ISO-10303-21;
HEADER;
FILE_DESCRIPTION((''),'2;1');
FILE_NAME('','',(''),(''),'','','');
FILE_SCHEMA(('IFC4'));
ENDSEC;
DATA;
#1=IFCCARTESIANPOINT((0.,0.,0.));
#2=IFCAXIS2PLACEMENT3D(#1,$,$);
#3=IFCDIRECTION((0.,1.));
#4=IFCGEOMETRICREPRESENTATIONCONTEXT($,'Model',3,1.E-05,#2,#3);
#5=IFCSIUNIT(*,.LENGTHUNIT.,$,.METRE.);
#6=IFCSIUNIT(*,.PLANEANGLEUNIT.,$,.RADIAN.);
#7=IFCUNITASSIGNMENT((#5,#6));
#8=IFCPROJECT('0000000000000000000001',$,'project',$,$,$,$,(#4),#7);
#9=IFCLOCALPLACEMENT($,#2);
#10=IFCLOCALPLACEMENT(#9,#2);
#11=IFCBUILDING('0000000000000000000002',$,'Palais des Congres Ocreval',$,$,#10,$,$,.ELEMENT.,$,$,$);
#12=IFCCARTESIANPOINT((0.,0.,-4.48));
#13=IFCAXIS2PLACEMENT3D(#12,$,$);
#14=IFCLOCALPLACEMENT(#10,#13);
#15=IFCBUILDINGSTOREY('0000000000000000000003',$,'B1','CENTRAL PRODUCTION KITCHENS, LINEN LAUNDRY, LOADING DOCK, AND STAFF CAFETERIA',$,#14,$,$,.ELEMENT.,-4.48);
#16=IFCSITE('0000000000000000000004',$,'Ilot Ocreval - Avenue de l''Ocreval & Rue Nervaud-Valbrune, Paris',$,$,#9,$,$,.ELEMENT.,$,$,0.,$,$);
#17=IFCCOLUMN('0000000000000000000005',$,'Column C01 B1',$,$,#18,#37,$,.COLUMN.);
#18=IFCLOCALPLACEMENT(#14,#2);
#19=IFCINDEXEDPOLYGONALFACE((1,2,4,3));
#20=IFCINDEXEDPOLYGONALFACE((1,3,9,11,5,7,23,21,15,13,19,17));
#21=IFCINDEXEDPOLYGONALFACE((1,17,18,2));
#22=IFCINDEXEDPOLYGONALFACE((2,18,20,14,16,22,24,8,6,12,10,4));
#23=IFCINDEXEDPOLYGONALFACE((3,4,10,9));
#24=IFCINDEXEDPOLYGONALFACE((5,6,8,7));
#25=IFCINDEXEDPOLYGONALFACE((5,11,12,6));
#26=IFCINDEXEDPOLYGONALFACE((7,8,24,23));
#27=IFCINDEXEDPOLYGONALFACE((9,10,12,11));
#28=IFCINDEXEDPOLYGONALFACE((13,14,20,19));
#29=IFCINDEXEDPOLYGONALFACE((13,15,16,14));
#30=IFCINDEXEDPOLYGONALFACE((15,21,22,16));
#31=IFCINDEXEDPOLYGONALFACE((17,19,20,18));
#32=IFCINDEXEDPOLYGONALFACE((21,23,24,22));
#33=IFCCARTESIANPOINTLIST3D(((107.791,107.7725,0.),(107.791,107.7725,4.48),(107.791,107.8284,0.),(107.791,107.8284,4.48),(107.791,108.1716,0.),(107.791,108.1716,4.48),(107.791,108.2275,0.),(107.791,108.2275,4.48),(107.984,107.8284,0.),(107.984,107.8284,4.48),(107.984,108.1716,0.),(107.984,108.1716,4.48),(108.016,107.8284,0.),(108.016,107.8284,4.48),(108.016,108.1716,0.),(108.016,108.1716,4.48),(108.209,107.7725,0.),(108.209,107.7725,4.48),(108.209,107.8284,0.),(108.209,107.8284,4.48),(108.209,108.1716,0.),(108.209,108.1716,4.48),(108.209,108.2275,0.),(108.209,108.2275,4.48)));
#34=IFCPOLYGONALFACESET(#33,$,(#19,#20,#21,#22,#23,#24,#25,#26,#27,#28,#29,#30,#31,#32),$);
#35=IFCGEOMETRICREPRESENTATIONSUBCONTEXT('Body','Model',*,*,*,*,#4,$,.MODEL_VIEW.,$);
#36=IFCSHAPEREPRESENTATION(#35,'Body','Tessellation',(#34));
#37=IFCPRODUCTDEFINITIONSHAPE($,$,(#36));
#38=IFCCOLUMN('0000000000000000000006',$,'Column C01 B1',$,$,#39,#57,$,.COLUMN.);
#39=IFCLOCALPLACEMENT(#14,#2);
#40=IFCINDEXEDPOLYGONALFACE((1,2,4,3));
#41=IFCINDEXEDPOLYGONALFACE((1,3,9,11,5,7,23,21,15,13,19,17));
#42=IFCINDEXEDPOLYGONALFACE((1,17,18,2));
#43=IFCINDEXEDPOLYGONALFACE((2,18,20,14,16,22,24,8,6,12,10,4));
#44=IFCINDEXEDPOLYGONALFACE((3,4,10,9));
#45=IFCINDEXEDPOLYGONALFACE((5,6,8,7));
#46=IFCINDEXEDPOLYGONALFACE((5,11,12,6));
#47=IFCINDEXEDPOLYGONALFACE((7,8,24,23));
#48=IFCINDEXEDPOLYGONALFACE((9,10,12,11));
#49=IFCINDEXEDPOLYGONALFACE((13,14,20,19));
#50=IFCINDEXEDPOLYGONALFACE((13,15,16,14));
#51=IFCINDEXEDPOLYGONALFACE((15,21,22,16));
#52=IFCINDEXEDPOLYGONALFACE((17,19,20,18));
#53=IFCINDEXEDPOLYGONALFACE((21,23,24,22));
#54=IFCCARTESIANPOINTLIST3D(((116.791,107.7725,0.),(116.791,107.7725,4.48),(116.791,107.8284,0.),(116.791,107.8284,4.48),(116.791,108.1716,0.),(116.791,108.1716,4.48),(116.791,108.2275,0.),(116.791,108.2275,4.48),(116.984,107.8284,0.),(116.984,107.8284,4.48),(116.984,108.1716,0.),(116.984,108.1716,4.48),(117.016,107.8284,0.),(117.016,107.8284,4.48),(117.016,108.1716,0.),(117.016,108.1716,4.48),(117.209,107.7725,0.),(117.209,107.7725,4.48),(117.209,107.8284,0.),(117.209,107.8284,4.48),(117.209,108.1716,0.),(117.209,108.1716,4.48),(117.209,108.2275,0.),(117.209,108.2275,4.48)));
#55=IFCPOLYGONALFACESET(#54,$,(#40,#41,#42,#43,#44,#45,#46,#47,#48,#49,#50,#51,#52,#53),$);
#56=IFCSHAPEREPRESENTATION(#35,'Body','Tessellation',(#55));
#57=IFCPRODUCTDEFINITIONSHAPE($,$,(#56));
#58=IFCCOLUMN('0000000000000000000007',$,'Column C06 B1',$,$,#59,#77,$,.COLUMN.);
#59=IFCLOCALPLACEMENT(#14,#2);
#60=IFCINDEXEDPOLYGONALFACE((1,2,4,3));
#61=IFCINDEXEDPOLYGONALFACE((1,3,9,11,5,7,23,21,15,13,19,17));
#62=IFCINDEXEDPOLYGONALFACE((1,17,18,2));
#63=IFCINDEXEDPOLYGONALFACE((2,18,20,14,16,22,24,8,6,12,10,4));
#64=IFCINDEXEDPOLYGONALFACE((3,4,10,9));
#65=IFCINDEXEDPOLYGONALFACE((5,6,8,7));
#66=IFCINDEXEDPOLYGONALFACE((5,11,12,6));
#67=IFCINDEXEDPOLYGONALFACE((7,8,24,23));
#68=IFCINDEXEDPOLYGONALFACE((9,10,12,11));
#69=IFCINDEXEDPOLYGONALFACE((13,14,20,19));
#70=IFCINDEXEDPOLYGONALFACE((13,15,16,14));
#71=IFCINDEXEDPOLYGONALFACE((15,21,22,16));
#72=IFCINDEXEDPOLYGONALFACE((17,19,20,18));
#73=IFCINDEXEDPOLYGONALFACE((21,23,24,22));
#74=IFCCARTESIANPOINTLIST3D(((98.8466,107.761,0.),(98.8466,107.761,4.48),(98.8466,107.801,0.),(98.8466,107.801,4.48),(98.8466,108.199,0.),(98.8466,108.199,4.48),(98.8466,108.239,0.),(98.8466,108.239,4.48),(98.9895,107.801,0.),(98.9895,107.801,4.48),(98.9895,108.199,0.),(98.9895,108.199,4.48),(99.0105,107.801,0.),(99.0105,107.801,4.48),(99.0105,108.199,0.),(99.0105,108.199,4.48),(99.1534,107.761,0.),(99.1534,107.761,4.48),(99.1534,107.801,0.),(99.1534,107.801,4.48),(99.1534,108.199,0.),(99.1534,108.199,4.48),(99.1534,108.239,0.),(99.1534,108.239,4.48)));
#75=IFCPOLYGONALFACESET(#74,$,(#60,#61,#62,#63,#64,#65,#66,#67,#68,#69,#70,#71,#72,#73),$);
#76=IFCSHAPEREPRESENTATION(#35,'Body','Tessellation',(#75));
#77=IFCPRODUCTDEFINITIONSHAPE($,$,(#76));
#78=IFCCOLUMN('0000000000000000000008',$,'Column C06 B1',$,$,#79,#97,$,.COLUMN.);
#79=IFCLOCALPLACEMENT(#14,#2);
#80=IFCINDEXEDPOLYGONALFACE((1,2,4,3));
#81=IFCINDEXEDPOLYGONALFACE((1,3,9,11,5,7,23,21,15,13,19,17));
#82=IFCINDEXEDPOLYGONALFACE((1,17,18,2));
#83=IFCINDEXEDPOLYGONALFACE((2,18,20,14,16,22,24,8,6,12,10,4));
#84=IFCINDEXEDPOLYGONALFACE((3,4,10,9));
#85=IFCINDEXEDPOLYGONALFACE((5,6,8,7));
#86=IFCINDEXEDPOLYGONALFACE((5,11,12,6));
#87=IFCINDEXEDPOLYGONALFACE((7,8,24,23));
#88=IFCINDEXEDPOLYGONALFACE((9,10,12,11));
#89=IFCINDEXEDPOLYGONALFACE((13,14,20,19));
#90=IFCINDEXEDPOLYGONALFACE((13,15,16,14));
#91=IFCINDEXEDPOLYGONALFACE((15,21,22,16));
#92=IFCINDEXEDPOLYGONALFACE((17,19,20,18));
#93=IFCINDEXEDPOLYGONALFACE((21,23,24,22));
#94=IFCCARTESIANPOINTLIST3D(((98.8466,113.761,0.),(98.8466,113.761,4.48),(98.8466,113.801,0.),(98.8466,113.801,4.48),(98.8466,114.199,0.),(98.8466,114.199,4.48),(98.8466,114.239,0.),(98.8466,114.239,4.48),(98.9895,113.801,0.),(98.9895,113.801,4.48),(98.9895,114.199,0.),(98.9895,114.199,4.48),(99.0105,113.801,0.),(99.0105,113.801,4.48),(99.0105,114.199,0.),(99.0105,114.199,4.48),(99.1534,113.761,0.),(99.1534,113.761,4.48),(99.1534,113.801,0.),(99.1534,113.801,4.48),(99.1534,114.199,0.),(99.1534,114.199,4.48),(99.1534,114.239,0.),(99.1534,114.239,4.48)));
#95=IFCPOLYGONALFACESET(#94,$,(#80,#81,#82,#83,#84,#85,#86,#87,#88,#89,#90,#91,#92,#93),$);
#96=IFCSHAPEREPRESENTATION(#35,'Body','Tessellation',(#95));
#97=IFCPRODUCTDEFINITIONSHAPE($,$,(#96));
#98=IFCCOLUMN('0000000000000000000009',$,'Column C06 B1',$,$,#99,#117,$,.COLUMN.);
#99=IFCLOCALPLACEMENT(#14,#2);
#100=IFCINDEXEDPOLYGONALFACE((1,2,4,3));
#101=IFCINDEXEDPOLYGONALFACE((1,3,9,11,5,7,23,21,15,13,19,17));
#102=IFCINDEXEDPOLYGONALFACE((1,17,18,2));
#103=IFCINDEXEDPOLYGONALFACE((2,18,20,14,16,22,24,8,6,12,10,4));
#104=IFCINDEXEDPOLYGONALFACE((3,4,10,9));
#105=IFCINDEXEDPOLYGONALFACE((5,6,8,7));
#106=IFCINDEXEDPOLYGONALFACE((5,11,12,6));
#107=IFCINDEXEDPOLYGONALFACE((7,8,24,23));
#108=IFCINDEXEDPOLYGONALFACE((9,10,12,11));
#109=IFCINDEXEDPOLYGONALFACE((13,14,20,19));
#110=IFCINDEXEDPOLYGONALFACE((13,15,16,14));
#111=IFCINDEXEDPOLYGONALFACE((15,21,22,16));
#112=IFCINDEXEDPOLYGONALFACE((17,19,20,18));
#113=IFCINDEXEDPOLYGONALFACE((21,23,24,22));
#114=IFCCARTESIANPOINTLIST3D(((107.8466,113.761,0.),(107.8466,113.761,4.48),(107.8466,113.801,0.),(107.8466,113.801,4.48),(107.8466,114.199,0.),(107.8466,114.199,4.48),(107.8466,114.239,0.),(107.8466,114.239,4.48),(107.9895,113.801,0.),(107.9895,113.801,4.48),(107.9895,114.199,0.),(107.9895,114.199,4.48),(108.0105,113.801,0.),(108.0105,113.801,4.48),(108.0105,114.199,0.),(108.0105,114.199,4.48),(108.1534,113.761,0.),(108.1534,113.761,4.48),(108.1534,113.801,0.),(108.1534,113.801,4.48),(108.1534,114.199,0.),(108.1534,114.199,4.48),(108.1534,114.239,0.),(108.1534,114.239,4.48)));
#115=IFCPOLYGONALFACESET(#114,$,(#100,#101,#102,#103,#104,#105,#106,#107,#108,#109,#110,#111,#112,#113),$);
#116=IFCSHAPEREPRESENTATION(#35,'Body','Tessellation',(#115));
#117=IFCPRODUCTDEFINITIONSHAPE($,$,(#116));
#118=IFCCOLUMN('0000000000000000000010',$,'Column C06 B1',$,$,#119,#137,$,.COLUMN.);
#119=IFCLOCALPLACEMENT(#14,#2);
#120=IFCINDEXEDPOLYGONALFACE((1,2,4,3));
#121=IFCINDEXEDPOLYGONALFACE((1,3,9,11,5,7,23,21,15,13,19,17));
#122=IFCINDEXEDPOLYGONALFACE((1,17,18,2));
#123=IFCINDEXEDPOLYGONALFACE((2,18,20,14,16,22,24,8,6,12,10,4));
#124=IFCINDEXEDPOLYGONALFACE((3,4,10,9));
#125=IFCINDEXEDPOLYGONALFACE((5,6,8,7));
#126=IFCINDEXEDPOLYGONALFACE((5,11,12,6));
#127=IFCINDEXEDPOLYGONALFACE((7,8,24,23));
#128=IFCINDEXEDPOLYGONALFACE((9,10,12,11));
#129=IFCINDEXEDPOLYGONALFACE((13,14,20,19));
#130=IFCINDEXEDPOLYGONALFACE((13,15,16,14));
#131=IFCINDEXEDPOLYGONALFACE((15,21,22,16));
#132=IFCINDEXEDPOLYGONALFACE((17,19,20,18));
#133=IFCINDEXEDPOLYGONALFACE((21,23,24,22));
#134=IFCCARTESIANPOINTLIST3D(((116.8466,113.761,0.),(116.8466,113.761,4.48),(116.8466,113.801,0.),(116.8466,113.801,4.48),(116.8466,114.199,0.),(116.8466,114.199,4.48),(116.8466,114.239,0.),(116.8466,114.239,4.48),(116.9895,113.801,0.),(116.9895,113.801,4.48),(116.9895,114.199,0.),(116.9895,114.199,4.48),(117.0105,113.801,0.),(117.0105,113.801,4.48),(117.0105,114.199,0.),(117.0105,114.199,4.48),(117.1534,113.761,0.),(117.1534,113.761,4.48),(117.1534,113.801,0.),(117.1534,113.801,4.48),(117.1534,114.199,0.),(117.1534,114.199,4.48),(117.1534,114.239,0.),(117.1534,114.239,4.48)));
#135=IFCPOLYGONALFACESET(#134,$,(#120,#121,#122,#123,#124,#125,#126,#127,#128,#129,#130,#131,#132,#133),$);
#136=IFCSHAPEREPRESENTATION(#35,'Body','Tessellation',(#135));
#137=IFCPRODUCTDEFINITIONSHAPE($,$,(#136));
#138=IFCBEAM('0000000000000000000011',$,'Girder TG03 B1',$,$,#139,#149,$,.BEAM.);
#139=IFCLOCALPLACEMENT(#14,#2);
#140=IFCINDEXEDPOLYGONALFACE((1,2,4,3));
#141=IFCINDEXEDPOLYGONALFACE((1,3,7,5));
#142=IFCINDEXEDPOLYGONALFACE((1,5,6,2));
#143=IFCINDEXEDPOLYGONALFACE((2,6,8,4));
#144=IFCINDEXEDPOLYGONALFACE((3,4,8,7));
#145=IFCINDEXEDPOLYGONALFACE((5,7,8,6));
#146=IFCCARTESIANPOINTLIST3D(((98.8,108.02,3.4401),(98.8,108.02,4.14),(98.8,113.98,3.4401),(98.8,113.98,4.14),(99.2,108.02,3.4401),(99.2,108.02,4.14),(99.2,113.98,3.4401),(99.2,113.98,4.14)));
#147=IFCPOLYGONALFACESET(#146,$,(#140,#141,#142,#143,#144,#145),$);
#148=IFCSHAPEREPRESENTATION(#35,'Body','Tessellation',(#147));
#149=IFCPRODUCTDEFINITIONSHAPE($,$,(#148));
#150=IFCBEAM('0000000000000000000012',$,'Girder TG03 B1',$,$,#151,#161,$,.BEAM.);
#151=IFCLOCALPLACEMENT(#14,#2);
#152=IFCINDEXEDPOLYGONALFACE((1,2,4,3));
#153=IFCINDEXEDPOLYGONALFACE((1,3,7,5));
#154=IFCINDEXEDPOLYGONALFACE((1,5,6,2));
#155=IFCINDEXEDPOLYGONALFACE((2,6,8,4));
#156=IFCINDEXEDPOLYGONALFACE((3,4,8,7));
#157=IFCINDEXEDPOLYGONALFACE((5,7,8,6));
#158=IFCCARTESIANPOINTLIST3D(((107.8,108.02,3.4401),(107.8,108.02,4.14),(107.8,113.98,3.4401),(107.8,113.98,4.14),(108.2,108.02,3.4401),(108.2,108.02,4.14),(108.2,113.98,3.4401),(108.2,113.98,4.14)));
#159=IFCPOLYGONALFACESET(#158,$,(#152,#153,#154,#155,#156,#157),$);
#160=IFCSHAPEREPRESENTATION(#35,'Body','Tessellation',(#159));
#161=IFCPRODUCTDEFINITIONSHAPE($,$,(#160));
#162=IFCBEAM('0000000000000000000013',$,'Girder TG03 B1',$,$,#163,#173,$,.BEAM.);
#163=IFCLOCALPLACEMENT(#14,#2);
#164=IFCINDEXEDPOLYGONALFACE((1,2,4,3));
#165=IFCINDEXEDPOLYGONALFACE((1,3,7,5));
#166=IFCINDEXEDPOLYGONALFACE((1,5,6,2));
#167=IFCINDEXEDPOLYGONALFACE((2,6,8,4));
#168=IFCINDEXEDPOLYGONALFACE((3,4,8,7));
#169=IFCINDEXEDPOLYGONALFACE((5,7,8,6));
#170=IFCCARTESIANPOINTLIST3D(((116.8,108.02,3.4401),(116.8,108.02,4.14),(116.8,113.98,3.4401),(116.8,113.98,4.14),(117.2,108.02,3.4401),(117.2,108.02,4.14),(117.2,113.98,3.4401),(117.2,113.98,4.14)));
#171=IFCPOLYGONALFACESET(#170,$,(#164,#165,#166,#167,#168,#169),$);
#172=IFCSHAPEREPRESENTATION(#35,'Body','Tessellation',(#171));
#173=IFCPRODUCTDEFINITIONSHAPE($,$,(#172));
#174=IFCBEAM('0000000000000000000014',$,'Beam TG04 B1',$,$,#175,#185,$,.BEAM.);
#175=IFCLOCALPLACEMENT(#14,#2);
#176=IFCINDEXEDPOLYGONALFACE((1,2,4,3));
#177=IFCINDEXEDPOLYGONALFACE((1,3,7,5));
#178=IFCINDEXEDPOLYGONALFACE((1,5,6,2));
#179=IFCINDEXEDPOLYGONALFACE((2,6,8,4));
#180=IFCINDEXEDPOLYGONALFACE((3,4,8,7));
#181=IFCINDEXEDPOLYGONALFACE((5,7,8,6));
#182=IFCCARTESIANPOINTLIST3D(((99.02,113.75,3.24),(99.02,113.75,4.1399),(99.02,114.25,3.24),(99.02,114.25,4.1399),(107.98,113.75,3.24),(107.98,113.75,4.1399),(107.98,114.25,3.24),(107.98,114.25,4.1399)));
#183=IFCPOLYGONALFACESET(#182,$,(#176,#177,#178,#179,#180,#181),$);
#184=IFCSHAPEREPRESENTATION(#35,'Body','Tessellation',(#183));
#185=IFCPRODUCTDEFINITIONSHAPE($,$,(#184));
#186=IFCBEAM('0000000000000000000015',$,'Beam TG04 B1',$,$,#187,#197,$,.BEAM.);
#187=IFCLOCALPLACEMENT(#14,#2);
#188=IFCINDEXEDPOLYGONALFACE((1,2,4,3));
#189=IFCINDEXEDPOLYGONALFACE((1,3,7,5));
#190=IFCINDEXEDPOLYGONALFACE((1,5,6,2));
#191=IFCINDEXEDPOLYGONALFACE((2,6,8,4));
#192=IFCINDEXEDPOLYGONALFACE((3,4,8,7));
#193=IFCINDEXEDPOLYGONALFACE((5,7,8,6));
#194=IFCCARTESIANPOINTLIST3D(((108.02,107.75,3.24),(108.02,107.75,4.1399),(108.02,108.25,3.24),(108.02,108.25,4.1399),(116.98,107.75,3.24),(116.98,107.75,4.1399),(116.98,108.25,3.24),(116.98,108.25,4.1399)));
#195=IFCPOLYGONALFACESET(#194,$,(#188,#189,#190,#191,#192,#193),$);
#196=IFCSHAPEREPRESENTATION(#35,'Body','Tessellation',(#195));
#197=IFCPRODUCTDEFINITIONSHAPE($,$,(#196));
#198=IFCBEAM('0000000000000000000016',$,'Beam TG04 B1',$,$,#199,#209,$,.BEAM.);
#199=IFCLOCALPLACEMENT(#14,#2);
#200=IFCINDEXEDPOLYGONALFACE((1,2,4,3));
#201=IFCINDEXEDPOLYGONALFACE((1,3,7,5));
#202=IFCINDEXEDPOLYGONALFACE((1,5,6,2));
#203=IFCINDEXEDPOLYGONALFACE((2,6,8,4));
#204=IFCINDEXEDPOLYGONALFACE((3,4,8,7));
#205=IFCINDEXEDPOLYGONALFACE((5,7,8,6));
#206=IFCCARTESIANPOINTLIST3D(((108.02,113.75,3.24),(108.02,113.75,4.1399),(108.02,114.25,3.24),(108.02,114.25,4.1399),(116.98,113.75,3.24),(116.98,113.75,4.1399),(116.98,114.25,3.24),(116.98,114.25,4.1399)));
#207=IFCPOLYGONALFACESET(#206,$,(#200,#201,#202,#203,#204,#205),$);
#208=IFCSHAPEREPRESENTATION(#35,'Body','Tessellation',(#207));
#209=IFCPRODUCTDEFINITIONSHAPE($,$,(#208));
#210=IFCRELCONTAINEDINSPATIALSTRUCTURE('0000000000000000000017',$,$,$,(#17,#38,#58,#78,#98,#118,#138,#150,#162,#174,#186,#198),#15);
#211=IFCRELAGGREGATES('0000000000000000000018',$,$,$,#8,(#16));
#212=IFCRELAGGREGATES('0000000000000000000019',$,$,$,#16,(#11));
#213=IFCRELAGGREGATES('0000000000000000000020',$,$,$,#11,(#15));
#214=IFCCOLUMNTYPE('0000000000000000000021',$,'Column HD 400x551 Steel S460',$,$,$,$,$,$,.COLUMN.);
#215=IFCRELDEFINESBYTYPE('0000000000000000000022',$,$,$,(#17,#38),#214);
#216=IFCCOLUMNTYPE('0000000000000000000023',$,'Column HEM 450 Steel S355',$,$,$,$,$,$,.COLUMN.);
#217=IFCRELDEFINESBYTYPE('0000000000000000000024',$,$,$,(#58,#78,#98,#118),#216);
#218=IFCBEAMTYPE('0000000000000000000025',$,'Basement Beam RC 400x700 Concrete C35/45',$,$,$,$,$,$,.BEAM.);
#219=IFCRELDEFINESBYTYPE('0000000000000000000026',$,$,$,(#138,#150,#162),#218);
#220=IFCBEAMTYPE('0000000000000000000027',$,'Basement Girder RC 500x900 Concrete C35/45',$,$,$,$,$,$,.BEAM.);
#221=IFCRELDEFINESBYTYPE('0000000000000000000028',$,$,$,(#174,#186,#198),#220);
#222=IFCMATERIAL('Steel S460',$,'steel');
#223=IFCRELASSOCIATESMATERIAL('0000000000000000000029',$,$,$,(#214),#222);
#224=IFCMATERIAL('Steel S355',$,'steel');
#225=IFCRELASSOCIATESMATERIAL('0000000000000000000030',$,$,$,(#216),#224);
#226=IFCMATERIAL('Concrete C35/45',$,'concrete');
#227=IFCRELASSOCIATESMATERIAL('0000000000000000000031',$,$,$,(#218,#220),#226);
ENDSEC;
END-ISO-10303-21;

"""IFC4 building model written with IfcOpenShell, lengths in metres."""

from ifc_helpers import new_model, si_unit, direction, frame, origin, origin_2d, place, context, subcontext, project, spatial, rectangle, i_section, extrude, material, material_profile, profile_set, type_object, element, save


model = new_model("IFC4")

# Units and contexts
model_context = context("Model", 3, precision=1e-05, world=origin(), true_north=direction((0.0, 1.0)))
body_context = subcontext(model_context, "Body", "Model", "MODEL_VIEW")
ifc_project = project(units=[si_unit("LENGTHUNIT", "METRE"), si_unit("PLANEANGLEUNIT", "RADIAN")], contexts=[model_context])

# Site, building, storey
site_placement = place(None, origin())
site = spatial("IfcSite", under=ifc_project, at=site_placement, Name="Ilot Ocreval - Avenue de l'Ocreval & Rue Nervaud-Valbrune, Paris", CompositionType="ELEMENT", RefElevation=0.0)
building_placement = place(site_placement, origin())
building = spatial("IfcBuilding", under=site, at=building_placement, Name="Palais des Congres Ocreval", CompositionType="ELEMENT")
storey_placement = place(building_placement, frame((0.0, 0.0, -4.48)))
storey = spatial("IfcBuildingStorey", under=building, at=storey_placement, Name="B1", Description="CENTRAL PRODUCTION KITCHENS, LINEN LAUNDRY, LOADING DOCK, AND STAFF CAFETERIA", CompositionType="ELEMENT", Elevation=-4.48)

# Columns
ifc_material_1 = material(Name="Steel S460", Category="steel")
ifc_material_profile_1 = material_profile(ifc_material_1, i_section(OverallWidth=0.418, OverallDepth=0.4551, WebThickness=0.032, FlangeThickness=0.0559, at=origin_2d()), Name="HD 400x551")
ifc_profile_set_1 = profile_set([ifc_material_profile_1], Name="Steel S460")
column_type_1 = type_object("IfcColumnType", Name="Column HD 400x551 Steel S460", PredefinedType="COLUMN", material=ifc_profile_set_1)
for number, where, z_axis, x_axis, name in (
    (1, (108.0, 108.0, 0.0), (0.0, 0.0, 1.0), (1.0, 0.0, 0.0), "Column C01 B1"),
    (2, (117.0, 108.0, 0.0), (0.0, 0.0, 1.0), (1.0, 0.0, 0.0), "Column C01 B1"),
):
    element("IfcColumn", number, at=place(storey_placement, frame(where, z_axis=z_axis, x_axis=x_axis)), inside=storey, type_object=column_type_1, Name=name, PredefinedType="COLUMN", context=body_context, shape_type="SweptSolid", body=[
        extrude(i_section(OverallWidth=0.418, OverallDepth=0.4551, WebThickness=0.032, FlangeThickness=0.0559, at=origin_2d()), origin(), (0.0, 0.0, 1.0), 4.48),
    ])
ifc_material_2 = material(Name="Steel S355", Category="steel")
ifc_material_profile_2 = material_profile(ifc_material_2, i_section(OverallWidth=0.3069, OverallDepth=0.478, WebThickness=0.021, FlangeThickness=0.04, at=origin_2d()), Name="HEM 450")
ifc_profile_set_2 = profile_set([ifc_material_profile_2], Name="Steel S355")
column_type_2 = type_object("IfcColumnType", Name="Column HEM 450 Steel S355", PredefinedType="COLUMN", material=ifc_profile_set_2)
for number, where, z_axis, x_axis, name in (
    (3, (99.0, 108.0, 0.0), (0.0, 0.0, 1.0), (1.0, 0.0, 0.0), "Column C06 B1"),
    (4, (99.0, 114.0, 0.0), (0.0, 0.0, 1.0), (1.0, 0.0, 0.0), "Column C06 B1"),
    (5, (108.0, 114.0, 0.0), (0.0, 0.0, 1.0), (1.0, 0.0, 0.0), "Column C06 B1"),
    (6, (117.0, 114.0, 0.0), (0.0, 0.0, 1.0), (1.0, 0.0, 0.0), "Column C06 B1"),
):
    element("IfcColumn", number, at=place(storey_placement, frame(where, z_axis=z_axis, x_axis=x_axis)), inside=storey, type_object=column_type_2, Name=name, PredefinedType="COLUMN", context=body_context, shape_type="SweptSolid", body=[
        extrude(i_section(OverallWidth=0.3069, OverallDepth=0.478, WebThickness=0.021, FlangeThickness=0.04, at=origin_2d()), origin(), (0.0, 0.0, 1.0), 4.48),
    ])

# Beams
ifc_material_3 = material(Name="Concrete C35/45", Category="concrete")
ifc_material_profile_3 = material_profile(ifc_material_3, rectangle(XDim=0.3999, YDim=0.7, at=origin_2d()), Name="RC 400x700")
ifc_profile_set_3 = profile_set([ifc_material_profile_3], Name="Concrete C35/45")
beam_type_1 = type_object("IfcBeamType", Name="Basement Beam RC 400x700 Concrete C35/45", PredefinedType="BEAM", material=ifc_profile_set_3)
for number, where, z_axis, x_axis, name in (
    (7, (99.0, 108.02, 3.79), (0.0, 1.0, 0.0), (-1.0, 0.0, 0.0), "Girder TG03 B1"),
    (8, (108.0, 108.02, 3.79), (0.0, 1.0, 0.0), (-1.0, 0.0, 0.0), "Girder TG03 B1"),
    (9, (117.0, 108.02, 3.79), (0.0, 1.0, 0.0), (-1.0, 0.0, 0.0), "Girder TG03 B1"),
):
    element("IfcBeam", number, at=place(storey_placement, frame(where, z_axis=z_axis, x_axis=x_axis)), inside=storey, type_object=beam_type_1, Name=name, PredefinedType="BEAM", context=body_context, shape_type="SweptSolid", body=[
        extrude(rectangle(XDim=0.3999, YDim=0.7, at=origin_2d()), origin(), (0.0, 0.0, 1.0), 5.96),
    ])
ifc_material_profile_4 = material_profile(ifc_material_3, rectangle(XDim=0.5, YDim=0.8999, at=origin_2d()), Name="RC 500x900")
ifc_profile_set_4 = profile_set([ifc_material_profile_4], Name="Concrete C35/45")
beam_type_2 = type_object("IfcBeamType", Name="Basement Girder RC 500x900 Concrete C35/45", PredefinedType="BEAM", material=ifc_profile_set_4)
for number, where, z_axis, x_axis, name in (
    (10, (99.02, 114.0, 3.6899), (1.0, 0.0, 0.0), (0.0, 1.0, 0.0), "Beam TG04 B1"),
    (11, (108.02, 108.0, 3.6899), (1.0, 0.0, 0.0), (0.0, 1.0, 0.0), "Beam TG04 B1"),
    (12, (108.02, 114.0, 3.6899), (1.0, 0.0, 0.0), (0.0, 1.0, 0.0), "Beam TG04 B1"),
):
    element("IfcBeam", number, at=place(storey_placement, frame(where, z_axis=z_axis, x_axis=x_axis)), inside=storey, type_object=beam_type_2, Name=name, PredefinedType="BEAM", context=body_context, shape_type="SweptSolid", body=[
        extrude(rectangle(XDim=0.5, YDim=0.8999, at=origin_2d()), origin(), (0.0, 0.0, 1.0), 8.96),
    ])

save(model, "model.ifc")
